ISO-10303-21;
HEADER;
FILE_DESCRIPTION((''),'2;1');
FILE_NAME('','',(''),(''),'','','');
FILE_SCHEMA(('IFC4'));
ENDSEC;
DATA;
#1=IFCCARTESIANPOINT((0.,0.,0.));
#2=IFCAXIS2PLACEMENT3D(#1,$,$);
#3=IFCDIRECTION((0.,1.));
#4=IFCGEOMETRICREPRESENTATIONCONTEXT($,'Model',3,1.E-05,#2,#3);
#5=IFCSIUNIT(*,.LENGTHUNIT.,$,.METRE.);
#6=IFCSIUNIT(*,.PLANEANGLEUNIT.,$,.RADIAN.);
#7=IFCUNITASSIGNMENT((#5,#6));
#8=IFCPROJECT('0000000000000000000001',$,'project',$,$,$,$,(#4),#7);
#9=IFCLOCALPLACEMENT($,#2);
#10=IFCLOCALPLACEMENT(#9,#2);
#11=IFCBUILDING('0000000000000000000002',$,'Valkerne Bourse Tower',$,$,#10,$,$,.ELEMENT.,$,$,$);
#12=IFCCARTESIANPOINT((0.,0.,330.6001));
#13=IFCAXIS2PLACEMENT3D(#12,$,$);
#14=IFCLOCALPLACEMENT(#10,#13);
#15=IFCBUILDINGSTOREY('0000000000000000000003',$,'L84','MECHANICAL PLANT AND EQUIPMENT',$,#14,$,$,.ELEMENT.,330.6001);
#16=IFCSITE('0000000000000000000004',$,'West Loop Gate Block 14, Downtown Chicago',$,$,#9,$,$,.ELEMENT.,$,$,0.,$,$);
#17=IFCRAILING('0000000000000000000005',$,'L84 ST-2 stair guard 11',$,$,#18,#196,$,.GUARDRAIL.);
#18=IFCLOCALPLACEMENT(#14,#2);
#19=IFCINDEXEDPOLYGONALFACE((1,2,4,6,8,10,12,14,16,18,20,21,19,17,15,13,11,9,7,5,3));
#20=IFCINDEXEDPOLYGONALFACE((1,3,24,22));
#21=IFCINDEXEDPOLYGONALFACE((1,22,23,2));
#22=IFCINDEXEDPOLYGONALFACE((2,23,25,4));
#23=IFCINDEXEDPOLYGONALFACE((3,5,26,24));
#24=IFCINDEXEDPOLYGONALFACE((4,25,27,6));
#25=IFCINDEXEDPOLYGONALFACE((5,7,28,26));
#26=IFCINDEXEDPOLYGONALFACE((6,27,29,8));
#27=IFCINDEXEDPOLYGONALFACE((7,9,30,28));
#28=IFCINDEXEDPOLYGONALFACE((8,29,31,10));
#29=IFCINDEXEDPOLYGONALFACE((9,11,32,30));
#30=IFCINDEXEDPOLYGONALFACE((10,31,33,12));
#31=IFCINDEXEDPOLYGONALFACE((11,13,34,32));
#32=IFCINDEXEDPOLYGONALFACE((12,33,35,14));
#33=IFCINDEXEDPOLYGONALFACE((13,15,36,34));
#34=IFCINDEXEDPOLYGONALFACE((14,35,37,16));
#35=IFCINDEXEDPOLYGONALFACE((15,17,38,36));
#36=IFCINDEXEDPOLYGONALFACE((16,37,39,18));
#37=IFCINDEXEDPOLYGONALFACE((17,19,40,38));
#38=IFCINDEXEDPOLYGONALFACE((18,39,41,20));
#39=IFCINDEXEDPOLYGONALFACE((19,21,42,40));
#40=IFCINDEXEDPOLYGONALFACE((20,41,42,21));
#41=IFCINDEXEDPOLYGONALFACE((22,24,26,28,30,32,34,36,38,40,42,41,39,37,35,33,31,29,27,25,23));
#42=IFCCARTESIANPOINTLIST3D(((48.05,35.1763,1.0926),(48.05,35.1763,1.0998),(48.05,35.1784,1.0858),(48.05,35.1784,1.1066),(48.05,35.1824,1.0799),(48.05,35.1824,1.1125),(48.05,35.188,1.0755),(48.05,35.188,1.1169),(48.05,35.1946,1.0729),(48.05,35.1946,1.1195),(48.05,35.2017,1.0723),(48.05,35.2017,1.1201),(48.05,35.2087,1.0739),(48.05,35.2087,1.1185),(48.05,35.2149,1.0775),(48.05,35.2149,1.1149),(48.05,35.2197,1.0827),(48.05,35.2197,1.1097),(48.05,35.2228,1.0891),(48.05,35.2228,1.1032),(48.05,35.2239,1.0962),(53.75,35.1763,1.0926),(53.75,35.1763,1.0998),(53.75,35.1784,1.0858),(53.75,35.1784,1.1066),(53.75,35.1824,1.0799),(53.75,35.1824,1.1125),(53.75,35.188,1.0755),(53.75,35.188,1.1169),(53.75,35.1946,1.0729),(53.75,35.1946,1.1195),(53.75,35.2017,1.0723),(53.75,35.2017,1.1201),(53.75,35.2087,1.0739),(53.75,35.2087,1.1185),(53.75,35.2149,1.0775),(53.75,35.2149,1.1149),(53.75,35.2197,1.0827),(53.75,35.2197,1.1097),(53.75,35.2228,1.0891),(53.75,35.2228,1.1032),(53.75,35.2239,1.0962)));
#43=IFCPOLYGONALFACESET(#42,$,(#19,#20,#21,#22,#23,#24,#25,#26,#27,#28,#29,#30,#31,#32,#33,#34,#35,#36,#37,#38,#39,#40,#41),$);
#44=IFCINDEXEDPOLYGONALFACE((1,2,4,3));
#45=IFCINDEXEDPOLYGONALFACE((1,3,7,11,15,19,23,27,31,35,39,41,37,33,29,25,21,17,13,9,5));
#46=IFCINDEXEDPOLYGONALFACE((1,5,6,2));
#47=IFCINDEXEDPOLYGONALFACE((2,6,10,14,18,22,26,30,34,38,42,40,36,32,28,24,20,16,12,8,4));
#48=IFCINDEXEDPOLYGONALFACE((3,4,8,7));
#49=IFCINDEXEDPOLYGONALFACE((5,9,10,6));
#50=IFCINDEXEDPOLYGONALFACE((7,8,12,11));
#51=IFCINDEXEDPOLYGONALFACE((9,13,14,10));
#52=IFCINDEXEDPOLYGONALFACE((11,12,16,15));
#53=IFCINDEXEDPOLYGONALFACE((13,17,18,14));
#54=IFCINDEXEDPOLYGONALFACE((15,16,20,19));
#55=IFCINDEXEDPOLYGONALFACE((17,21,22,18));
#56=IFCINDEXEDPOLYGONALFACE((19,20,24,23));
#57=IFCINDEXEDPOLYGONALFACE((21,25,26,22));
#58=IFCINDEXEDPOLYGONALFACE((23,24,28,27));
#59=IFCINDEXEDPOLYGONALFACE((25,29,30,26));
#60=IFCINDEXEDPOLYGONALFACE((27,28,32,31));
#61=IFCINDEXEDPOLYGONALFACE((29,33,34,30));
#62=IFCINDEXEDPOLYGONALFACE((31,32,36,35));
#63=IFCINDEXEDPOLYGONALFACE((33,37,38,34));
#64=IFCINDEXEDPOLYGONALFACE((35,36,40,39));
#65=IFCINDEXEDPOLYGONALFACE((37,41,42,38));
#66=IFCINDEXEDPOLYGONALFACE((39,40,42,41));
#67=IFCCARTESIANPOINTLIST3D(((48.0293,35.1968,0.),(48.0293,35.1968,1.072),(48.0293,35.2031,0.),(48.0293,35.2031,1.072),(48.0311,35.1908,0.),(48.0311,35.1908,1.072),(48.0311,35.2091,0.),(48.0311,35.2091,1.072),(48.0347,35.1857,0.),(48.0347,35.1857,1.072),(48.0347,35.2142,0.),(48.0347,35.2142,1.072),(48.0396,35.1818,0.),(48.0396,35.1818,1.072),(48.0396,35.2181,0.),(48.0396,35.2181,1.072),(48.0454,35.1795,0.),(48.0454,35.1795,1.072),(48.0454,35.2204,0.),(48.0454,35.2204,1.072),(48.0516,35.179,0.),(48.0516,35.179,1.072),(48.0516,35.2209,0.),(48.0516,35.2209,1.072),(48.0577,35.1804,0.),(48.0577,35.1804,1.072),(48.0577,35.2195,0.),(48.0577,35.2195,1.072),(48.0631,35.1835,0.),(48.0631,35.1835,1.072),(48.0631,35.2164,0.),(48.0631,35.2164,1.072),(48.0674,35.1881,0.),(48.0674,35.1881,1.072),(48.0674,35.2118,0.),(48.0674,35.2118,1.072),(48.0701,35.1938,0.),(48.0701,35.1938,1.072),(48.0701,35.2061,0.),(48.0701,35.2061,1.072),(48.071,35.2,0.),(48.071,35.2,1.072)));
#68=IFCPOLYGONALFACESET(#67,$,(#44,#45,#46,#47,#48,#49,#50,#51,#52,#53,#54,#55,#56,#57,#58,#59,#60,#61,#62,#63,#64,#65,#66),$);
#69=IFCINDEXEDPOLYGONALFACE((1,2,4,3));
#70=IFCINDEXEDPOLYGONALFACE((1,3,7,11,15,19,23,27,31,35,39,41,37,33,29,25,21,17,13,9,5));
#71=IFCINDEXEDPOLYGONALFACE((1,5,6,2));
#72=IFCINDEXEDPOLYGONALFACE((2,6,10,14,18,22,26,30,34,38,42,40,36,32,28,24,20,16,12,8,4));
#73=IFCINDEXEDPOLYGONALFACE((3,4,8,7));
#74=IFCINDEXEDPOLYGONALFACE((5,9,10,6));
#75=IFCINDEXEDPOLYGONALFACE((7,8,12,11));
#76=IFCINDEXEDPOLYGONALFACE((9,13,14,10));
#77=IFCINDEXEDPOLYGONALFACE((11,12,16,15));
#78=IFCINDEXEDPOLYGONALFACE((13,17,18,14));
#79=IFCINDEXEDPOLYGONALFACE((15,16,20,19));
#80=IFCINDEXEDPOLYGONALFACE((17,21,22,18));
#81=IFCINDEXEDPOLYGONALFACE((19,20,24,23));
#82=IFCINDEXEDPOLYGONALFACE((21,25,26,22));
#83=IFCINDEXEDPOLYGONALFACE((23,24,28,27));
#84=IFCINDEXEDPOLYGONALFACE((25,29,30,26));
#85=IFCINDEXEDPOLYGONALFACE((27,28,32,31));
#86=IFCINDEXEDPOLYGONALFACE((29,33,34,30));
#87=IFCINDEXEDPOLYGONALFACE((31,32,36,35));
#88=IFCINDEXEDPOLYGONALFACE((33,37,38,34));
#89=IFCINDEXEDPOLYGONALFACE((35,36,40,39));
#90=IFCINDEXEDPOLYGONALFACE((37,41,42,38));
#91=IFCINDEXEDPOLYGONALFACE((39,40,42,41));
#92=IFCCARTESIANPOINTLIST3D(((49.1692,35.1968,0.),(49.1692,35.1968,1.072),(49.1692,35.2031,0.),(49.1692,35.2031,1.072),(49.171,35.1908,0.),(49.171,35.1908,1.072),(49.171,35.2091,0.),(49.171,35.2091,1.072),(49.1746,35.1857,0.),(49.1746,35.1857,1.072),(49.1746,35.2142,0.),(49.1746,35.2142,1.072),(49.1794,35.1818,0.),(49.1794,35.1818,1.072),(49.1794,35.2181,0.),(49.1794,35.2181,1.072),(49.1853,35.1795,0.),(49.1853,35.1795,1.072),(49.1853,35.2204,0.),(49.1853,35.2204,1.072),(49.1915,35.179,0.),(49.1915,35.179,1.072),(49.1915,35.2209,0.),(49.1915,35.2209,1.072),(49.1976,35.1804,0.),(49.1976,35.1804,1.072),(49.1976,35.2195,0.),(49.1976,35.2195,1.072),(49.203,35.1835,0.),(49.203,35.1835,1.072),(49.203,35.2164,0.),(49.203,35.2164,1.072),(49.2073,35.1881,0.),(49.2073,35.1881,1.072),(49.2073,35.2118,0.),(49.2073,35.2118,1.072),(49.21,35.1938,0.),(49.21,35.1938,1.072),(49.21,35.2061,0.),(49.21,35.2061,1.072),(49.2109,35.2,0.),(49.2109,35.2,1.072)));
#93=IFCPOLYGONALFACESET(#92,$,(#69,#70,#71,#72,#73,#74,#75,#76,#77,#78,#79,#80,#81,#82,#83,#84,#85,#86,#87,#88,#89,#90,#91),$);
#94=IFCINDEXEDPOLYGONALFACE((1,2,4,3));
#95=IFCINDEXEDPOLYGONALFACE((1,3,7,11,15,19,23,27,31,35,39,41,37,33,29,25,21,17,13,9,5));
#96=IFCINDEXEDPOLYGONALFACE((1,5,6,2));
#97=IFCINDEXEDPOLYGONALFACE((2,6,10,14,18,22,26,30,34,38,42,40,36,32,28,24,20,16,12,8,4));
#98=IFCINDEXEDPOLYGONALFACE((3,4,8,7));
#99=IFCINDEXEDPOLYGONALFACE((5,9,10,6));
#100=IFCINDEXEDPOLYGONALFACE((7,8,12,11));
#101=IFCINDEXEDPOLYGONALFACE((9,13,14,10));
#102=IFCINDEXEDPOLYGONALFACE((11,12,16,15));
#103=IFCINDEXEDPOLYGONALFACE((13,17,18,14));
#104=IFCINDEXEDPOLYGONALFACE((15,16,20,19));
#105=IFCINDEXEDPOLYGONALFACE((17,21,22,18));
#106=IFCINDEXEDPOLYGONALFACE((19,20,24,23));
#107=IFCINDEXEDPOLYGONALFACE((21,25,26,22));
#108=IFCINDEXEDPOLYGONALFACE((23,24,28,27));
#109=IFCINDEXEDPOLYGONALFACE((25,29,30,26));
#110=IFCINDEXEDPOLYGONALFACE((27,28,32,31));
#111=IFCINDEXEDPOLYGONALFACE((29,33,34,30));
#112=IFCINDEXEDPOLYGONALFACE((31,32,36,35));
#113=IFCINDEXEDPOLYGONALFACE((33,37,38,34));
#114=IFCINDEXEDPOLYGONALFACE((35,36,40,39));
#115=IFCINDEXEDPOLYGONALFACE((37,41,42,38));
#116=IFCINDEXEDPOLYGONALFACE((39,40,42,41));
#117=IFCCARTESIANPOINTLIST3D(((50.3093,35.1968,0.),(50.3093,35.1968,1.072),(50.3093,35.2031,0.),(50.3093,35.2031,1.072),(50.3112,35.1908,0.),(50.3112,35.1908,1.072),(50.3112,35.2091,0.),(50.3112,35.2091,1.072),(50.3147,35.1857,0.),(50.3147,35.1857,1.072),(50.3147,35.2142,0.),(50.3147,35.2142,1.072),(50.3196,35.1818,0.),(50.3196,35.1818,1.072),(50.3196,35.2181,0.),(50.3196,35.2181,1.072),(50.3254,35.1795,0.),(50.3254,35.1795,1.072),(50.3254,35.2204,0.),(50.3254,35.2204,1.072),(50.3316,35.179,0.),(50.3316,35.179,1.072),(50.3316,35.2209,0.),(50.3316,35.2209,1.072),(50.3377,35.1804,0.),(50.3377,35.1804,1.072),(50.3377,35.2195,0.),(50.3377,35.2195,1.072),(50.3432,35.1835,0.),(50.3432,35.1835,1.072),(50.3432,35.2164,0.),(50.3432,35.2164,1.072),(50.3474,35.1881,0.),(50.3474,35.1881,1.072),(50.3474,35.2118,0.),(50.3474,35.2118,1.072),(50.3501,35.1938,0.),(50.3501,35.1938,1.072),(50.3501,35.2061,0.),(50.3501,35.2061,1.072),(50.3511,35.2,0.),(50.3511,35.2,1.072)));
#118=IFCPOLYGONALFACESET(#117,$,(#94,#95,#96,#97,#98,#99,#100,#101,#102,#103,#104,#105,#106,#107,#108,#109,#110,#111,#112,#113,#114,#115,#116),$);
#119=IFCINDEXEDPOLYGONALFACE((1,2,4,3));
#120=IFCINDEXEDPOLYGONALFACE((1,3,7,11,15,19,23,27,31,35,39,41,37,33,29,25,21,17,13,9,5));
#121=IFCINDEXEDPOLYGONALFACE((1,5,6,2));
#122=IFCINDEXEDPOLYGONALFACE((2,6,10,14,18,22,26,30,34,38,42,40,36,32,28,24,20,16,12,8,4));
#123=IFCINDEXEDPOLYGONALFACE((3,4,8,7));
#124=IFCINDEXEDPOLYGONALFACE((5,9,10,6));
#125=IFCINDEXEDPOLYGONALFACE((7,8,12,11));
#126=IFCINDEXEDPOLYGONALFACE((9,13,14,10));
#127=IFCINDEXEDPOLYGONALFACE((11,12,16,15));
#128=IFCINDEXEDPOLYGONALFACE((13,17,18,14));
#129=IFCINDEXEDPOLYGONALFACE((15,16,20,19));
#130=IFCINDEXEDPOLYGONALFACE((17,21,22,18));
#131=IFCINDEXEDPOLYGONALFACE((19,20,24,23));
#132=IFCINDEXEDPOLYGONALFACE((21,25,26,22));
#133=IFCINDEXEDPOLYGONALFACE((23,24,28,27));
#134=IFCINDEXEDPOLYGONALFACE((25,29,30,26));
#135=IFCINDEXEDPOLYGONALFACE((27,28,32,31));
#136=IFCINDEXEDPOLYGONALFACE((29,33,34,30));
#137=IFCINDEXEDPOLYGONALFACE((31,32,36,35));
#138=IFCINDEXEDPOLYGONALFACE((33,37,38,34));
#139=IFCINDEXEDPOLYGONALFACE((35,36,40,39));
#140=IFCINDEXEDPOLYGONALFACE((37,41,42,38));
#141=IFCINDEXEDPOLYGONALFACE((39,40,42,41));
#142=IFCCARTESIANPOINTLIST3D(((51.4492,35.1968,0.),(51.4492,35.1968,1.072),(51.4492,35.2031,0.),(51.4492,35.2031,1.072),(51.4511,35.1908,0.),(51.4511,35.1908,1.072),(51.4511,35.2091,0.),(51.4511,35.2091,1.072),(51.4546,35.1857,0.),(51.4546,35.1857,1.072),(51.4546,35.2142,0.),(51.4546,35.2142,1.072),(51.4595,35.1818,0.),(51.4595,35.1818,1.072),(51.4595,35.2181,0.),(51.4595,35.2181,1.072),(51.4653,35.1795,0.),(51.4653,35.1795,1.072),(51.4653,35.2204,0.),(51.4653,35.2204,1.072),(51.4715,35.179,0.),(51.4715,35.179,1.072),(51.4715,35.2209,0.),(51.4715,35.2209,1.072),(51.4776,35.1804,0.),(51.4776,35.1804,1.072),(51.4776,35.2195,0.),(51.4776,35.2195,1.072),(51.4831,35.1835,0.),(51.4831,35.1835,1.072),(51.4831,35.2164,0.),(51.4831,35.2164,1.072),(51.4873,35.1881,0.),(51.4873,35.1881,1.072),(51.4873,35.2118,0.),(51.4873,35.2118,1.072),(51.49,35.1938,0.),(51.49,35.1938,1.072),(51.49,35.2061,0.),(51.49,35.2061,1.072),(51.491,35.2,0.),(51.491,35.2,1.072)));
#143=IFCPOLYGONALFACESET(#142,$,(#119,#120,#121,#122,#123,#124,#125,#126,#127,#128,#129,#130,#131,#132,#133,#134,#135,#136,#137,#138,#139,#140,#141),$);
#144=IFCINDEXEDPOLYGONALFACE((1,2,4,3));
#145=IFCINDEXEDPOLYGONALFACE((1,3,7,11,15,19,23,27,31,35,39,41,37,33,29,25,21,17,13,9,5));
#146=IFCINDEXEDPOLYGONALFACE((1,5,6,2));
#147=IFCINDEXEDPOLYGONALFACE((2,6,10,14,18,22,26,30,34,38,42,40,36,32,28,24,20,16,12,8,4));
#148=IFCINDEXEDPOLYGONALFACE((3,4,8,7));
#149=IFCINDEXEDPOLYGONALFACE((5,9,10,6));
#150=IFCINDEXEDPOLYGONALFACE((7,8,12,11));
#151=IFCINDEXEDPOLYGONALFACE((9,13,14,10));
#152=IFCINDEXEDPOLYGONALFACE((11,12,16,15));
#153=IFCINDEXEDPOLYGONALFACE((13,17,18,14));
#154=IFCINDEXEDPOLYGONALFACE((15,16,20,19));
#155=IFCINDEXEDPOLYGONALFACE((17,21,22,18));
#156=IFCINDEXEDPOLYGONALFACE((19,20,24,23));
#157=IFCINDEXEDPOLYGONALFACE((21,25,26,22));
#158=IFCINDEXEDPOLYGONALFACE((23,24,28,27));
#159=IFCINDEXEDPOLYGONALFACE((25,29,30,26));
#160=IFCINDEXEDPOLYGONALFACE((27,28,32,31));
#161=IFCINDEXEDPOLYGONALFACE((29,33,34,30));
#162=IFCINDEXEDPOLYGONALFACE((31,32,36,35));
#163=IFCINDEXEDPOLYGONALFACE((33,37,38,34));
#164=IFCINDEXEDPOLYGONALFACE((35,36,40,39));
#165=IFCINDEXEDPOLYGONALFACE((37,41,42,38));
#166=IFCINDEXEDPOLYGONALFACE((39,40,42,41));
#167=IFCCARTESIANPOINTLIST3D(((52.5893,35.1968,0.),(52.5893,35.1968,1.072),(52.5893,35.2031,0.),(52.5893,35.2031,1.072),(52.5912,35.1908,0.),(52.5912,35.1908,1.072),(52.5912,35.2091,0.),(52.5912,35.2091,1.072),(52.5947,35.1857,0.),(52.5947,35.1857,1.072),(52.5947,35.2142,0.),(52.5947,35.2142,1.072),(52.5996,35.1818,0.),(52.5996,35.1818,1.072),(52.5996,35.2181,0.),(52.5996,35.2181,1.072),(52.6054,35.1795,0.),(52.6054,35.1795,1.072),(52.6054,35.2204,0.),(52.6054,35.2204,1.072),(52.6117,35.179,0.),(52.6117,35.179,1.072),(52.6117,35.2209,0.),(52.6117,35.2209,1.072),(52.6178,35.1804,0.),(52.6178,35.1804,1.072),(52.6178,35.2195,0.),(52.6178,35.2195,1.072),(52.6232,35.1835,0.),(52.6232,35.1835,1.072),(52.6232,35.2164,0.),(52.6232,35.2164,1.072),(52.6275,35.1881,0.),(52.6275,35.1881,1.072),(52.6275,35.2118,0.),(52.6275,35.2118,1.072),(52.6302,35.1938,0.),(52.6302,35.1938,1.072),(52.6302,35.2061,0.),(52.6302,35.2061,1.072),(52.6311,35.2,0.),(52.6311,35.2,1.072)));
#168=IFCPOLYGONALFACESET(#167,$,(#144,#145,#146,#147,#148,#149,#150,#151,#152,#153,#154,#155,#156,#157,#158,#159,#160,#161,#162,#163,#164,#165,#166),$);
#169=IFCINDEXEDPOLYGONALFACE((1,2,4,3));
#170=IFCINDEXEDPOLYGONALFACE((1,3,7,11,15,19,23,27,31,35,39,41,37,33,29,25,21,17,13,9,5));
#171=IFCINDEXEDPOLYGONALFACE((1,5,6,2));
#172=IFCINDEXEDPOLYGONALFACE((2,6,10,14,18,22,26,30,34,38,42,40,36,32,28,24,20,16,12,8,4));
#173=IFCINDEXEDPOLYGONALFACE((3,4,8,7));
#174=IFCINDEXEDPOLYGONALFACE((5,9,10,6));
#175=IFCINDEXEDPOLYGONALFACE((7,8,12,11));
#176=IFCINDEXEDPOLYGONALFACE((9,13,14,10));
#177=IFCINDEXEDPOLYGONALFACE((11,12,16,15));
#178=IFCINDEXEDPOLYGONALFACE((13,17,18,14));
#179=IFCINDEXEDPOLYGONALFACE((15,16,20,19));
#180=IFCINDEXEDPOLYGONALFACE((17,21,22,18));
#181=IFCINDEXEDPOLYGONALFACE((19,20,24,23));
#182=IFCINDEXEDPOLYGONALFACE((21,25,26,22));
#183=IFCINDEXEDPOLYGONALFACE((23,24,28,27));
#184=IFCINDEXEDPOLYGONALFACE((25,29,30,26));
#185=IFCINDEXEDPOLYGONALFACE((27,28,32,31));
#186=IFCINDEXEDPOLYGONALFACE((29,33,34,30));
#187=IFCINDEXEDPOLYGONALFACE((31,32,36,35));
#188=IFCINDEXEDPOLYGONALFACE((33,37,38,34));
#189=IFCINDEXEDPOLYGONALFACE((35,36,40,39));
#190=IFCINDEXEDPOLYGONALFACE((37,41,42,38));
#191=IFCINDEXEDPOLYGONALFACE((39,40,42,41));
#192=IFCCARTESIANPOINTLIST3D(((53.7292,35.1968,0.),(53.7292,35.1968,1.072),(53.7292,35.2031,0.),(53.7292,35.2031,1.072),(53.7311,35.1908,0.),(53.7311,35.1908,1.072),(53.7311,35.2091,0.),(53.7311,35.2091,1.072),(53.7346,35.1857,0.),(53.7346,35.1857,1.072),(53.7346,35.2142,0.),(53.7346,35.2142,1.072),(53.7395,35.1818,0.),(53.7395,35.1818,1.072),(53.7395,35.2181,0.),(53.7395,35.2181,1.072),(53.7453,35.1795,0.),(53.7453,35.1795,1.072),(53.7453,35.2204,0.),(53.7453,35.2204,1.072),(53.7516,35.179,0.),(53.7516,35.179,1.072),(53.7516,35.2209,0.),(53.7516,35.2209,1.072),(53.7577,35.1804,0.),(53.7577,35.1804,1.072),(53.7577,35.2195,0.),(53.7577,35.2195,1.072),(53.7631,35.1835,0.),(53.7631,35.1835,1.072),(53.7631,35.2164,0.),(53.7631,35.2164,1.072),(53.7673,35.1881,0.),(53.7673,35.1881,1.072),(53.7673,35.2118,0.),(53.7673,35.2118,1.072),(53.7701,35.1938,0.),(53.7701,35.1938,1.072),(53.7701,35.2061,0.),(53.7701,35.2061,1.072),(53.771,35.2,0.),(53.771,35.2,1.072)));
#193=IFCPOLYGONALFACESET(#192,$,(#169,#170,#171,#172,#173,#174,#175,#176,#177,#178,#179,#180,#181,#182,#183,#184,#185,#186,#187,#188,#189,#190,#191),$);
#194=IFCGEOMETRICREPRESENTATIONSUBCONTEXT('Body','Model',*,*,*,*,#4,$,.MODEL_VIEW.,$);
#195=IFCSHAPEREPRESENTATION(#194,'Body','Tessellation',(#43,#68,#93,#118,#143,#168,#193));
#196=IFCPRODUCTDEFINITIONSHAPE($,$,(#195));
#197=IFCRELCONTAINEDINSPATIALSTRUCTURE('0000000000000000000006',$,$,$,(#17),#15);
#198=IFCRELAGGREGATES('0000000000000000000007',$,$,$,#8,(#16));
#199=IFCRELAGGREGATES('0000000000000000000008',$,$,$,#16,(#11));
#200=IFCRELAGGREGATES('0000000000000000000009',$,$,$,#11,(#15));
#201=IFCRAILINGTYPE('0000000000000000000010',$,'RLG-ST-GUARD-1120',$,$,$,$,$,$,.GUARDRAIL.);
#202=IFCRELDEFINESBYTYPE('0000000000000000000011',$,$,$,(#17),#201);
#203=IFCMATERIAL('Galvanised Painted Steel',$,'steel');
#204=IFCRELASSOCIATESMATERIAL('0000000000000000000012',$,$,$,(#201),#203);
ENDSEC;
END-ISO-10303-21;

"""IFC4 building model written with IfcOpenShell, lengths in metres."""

from ifc_helpers import new_model, si_unit, direction, frame, origin, origin_2d, place, context, subcontext, project, spatial, circle, extrude, material, type_object, element, save


model = new_model("IFC4")

# Units and contexts
model_context = context("Model", 3, precision=1e-05, world=origin(), true_north=direction((0.0, 1.0)))
body_context = subcontext(model_context, "Body", "Model", "MODEL_VIEW")
ifc_project = project(units=[si_unit("LENGTHUNIT", "METRE"), si_unit("PLANEANGLEUNIT", "RADIAN")], contexts=[model_context])

# Site, building, storey
site_placement = place(None, origin())
site = spatial("IfcSite", under=ifc_project, at=site_placement, Name="West Loop Gate Block 14, Downtown Chicago", CompositionType="ELEMENT", RefElevation=0.0)
building_placement = place(site_placement, origin())
building = spatial("IfcBuilding", under=site, at=building_placement, Name="Valkerne Bourse Tower", CompositionType="ELEMENT")
storey_placement = place(building_placement, frame((0.0, 0.0, 330.6001)))
storey = spatial("IfcBuildingStorey", under=building, at=storey_placement, Name="L84", Description="MECHANICAL PLANT AND EQUIPMENT", CompositionType="ELEMENT", Elevation=330.6001)

# Shared definitions
ifc_material_1 = material(Name="Galvanised Painted Steel", Category="steel")

# Railing
railing_type_1 = type_object("IfcRailingType", Name="RLG-ST-GUARD-1120", PredefinedType="GUARDRAIL", material=ifc_material_1)
for number, where, name in (
    (1, (48.05, 35.2, 0.0), "L84 ST-2 stair guard 11"),
):
    element("IfcRailing", number, at=place(storey_placement, frame(where)), inside=storey, type_object=railing_type_1, Name=name, PredefinedType="GUARDRAIL", context=body_context, shape_type="SweptSolid", body=[
        extrude(circle(Radius=0.0239, at=origin_2d()), frame((0.0, 0.0, 1.0962), z_axis=(1.0, 0.0, 0.0), x_axis=(0.0, 1.0, 0.0)), (0.0, 0.0, 1.0), 5.7),
        extrude(circle(Radius=0.021, at=origin_2d()), origin(), (0.0, 0.0, 1.0), 1.072),
        extrude(circle(Radius=0.021, at=origin_2d()), frame((1.1399, 0.0, 0.0)), (0.0, 0.0, 1.0), 1.072),
        extrude(circle(Radius=0.021, at=origin_2d()), frame((2.28, 0.0, 0.0)), (0.0, 0.0, 1.0), 1.072),
        extrude(circle(Radius=0.021, at=origin_2d()), frame((3.4199, 0.0, 0.0)), (0.0, 0.0, 1.0), 1.072),
        extrude(circle(Radius=0.021, at=origin_2d()), frame((4.5601, 0.0, 0.0)), (0.0, 0.0, 1.0), 1.072),
        extrude(circle(Radius=0.021, at=origin_2d()), frame((5.7, 0.0, 0.0)), (0.0, 0.0, 1.0), 1.072),
    ])

save(model, "model.ifc")
